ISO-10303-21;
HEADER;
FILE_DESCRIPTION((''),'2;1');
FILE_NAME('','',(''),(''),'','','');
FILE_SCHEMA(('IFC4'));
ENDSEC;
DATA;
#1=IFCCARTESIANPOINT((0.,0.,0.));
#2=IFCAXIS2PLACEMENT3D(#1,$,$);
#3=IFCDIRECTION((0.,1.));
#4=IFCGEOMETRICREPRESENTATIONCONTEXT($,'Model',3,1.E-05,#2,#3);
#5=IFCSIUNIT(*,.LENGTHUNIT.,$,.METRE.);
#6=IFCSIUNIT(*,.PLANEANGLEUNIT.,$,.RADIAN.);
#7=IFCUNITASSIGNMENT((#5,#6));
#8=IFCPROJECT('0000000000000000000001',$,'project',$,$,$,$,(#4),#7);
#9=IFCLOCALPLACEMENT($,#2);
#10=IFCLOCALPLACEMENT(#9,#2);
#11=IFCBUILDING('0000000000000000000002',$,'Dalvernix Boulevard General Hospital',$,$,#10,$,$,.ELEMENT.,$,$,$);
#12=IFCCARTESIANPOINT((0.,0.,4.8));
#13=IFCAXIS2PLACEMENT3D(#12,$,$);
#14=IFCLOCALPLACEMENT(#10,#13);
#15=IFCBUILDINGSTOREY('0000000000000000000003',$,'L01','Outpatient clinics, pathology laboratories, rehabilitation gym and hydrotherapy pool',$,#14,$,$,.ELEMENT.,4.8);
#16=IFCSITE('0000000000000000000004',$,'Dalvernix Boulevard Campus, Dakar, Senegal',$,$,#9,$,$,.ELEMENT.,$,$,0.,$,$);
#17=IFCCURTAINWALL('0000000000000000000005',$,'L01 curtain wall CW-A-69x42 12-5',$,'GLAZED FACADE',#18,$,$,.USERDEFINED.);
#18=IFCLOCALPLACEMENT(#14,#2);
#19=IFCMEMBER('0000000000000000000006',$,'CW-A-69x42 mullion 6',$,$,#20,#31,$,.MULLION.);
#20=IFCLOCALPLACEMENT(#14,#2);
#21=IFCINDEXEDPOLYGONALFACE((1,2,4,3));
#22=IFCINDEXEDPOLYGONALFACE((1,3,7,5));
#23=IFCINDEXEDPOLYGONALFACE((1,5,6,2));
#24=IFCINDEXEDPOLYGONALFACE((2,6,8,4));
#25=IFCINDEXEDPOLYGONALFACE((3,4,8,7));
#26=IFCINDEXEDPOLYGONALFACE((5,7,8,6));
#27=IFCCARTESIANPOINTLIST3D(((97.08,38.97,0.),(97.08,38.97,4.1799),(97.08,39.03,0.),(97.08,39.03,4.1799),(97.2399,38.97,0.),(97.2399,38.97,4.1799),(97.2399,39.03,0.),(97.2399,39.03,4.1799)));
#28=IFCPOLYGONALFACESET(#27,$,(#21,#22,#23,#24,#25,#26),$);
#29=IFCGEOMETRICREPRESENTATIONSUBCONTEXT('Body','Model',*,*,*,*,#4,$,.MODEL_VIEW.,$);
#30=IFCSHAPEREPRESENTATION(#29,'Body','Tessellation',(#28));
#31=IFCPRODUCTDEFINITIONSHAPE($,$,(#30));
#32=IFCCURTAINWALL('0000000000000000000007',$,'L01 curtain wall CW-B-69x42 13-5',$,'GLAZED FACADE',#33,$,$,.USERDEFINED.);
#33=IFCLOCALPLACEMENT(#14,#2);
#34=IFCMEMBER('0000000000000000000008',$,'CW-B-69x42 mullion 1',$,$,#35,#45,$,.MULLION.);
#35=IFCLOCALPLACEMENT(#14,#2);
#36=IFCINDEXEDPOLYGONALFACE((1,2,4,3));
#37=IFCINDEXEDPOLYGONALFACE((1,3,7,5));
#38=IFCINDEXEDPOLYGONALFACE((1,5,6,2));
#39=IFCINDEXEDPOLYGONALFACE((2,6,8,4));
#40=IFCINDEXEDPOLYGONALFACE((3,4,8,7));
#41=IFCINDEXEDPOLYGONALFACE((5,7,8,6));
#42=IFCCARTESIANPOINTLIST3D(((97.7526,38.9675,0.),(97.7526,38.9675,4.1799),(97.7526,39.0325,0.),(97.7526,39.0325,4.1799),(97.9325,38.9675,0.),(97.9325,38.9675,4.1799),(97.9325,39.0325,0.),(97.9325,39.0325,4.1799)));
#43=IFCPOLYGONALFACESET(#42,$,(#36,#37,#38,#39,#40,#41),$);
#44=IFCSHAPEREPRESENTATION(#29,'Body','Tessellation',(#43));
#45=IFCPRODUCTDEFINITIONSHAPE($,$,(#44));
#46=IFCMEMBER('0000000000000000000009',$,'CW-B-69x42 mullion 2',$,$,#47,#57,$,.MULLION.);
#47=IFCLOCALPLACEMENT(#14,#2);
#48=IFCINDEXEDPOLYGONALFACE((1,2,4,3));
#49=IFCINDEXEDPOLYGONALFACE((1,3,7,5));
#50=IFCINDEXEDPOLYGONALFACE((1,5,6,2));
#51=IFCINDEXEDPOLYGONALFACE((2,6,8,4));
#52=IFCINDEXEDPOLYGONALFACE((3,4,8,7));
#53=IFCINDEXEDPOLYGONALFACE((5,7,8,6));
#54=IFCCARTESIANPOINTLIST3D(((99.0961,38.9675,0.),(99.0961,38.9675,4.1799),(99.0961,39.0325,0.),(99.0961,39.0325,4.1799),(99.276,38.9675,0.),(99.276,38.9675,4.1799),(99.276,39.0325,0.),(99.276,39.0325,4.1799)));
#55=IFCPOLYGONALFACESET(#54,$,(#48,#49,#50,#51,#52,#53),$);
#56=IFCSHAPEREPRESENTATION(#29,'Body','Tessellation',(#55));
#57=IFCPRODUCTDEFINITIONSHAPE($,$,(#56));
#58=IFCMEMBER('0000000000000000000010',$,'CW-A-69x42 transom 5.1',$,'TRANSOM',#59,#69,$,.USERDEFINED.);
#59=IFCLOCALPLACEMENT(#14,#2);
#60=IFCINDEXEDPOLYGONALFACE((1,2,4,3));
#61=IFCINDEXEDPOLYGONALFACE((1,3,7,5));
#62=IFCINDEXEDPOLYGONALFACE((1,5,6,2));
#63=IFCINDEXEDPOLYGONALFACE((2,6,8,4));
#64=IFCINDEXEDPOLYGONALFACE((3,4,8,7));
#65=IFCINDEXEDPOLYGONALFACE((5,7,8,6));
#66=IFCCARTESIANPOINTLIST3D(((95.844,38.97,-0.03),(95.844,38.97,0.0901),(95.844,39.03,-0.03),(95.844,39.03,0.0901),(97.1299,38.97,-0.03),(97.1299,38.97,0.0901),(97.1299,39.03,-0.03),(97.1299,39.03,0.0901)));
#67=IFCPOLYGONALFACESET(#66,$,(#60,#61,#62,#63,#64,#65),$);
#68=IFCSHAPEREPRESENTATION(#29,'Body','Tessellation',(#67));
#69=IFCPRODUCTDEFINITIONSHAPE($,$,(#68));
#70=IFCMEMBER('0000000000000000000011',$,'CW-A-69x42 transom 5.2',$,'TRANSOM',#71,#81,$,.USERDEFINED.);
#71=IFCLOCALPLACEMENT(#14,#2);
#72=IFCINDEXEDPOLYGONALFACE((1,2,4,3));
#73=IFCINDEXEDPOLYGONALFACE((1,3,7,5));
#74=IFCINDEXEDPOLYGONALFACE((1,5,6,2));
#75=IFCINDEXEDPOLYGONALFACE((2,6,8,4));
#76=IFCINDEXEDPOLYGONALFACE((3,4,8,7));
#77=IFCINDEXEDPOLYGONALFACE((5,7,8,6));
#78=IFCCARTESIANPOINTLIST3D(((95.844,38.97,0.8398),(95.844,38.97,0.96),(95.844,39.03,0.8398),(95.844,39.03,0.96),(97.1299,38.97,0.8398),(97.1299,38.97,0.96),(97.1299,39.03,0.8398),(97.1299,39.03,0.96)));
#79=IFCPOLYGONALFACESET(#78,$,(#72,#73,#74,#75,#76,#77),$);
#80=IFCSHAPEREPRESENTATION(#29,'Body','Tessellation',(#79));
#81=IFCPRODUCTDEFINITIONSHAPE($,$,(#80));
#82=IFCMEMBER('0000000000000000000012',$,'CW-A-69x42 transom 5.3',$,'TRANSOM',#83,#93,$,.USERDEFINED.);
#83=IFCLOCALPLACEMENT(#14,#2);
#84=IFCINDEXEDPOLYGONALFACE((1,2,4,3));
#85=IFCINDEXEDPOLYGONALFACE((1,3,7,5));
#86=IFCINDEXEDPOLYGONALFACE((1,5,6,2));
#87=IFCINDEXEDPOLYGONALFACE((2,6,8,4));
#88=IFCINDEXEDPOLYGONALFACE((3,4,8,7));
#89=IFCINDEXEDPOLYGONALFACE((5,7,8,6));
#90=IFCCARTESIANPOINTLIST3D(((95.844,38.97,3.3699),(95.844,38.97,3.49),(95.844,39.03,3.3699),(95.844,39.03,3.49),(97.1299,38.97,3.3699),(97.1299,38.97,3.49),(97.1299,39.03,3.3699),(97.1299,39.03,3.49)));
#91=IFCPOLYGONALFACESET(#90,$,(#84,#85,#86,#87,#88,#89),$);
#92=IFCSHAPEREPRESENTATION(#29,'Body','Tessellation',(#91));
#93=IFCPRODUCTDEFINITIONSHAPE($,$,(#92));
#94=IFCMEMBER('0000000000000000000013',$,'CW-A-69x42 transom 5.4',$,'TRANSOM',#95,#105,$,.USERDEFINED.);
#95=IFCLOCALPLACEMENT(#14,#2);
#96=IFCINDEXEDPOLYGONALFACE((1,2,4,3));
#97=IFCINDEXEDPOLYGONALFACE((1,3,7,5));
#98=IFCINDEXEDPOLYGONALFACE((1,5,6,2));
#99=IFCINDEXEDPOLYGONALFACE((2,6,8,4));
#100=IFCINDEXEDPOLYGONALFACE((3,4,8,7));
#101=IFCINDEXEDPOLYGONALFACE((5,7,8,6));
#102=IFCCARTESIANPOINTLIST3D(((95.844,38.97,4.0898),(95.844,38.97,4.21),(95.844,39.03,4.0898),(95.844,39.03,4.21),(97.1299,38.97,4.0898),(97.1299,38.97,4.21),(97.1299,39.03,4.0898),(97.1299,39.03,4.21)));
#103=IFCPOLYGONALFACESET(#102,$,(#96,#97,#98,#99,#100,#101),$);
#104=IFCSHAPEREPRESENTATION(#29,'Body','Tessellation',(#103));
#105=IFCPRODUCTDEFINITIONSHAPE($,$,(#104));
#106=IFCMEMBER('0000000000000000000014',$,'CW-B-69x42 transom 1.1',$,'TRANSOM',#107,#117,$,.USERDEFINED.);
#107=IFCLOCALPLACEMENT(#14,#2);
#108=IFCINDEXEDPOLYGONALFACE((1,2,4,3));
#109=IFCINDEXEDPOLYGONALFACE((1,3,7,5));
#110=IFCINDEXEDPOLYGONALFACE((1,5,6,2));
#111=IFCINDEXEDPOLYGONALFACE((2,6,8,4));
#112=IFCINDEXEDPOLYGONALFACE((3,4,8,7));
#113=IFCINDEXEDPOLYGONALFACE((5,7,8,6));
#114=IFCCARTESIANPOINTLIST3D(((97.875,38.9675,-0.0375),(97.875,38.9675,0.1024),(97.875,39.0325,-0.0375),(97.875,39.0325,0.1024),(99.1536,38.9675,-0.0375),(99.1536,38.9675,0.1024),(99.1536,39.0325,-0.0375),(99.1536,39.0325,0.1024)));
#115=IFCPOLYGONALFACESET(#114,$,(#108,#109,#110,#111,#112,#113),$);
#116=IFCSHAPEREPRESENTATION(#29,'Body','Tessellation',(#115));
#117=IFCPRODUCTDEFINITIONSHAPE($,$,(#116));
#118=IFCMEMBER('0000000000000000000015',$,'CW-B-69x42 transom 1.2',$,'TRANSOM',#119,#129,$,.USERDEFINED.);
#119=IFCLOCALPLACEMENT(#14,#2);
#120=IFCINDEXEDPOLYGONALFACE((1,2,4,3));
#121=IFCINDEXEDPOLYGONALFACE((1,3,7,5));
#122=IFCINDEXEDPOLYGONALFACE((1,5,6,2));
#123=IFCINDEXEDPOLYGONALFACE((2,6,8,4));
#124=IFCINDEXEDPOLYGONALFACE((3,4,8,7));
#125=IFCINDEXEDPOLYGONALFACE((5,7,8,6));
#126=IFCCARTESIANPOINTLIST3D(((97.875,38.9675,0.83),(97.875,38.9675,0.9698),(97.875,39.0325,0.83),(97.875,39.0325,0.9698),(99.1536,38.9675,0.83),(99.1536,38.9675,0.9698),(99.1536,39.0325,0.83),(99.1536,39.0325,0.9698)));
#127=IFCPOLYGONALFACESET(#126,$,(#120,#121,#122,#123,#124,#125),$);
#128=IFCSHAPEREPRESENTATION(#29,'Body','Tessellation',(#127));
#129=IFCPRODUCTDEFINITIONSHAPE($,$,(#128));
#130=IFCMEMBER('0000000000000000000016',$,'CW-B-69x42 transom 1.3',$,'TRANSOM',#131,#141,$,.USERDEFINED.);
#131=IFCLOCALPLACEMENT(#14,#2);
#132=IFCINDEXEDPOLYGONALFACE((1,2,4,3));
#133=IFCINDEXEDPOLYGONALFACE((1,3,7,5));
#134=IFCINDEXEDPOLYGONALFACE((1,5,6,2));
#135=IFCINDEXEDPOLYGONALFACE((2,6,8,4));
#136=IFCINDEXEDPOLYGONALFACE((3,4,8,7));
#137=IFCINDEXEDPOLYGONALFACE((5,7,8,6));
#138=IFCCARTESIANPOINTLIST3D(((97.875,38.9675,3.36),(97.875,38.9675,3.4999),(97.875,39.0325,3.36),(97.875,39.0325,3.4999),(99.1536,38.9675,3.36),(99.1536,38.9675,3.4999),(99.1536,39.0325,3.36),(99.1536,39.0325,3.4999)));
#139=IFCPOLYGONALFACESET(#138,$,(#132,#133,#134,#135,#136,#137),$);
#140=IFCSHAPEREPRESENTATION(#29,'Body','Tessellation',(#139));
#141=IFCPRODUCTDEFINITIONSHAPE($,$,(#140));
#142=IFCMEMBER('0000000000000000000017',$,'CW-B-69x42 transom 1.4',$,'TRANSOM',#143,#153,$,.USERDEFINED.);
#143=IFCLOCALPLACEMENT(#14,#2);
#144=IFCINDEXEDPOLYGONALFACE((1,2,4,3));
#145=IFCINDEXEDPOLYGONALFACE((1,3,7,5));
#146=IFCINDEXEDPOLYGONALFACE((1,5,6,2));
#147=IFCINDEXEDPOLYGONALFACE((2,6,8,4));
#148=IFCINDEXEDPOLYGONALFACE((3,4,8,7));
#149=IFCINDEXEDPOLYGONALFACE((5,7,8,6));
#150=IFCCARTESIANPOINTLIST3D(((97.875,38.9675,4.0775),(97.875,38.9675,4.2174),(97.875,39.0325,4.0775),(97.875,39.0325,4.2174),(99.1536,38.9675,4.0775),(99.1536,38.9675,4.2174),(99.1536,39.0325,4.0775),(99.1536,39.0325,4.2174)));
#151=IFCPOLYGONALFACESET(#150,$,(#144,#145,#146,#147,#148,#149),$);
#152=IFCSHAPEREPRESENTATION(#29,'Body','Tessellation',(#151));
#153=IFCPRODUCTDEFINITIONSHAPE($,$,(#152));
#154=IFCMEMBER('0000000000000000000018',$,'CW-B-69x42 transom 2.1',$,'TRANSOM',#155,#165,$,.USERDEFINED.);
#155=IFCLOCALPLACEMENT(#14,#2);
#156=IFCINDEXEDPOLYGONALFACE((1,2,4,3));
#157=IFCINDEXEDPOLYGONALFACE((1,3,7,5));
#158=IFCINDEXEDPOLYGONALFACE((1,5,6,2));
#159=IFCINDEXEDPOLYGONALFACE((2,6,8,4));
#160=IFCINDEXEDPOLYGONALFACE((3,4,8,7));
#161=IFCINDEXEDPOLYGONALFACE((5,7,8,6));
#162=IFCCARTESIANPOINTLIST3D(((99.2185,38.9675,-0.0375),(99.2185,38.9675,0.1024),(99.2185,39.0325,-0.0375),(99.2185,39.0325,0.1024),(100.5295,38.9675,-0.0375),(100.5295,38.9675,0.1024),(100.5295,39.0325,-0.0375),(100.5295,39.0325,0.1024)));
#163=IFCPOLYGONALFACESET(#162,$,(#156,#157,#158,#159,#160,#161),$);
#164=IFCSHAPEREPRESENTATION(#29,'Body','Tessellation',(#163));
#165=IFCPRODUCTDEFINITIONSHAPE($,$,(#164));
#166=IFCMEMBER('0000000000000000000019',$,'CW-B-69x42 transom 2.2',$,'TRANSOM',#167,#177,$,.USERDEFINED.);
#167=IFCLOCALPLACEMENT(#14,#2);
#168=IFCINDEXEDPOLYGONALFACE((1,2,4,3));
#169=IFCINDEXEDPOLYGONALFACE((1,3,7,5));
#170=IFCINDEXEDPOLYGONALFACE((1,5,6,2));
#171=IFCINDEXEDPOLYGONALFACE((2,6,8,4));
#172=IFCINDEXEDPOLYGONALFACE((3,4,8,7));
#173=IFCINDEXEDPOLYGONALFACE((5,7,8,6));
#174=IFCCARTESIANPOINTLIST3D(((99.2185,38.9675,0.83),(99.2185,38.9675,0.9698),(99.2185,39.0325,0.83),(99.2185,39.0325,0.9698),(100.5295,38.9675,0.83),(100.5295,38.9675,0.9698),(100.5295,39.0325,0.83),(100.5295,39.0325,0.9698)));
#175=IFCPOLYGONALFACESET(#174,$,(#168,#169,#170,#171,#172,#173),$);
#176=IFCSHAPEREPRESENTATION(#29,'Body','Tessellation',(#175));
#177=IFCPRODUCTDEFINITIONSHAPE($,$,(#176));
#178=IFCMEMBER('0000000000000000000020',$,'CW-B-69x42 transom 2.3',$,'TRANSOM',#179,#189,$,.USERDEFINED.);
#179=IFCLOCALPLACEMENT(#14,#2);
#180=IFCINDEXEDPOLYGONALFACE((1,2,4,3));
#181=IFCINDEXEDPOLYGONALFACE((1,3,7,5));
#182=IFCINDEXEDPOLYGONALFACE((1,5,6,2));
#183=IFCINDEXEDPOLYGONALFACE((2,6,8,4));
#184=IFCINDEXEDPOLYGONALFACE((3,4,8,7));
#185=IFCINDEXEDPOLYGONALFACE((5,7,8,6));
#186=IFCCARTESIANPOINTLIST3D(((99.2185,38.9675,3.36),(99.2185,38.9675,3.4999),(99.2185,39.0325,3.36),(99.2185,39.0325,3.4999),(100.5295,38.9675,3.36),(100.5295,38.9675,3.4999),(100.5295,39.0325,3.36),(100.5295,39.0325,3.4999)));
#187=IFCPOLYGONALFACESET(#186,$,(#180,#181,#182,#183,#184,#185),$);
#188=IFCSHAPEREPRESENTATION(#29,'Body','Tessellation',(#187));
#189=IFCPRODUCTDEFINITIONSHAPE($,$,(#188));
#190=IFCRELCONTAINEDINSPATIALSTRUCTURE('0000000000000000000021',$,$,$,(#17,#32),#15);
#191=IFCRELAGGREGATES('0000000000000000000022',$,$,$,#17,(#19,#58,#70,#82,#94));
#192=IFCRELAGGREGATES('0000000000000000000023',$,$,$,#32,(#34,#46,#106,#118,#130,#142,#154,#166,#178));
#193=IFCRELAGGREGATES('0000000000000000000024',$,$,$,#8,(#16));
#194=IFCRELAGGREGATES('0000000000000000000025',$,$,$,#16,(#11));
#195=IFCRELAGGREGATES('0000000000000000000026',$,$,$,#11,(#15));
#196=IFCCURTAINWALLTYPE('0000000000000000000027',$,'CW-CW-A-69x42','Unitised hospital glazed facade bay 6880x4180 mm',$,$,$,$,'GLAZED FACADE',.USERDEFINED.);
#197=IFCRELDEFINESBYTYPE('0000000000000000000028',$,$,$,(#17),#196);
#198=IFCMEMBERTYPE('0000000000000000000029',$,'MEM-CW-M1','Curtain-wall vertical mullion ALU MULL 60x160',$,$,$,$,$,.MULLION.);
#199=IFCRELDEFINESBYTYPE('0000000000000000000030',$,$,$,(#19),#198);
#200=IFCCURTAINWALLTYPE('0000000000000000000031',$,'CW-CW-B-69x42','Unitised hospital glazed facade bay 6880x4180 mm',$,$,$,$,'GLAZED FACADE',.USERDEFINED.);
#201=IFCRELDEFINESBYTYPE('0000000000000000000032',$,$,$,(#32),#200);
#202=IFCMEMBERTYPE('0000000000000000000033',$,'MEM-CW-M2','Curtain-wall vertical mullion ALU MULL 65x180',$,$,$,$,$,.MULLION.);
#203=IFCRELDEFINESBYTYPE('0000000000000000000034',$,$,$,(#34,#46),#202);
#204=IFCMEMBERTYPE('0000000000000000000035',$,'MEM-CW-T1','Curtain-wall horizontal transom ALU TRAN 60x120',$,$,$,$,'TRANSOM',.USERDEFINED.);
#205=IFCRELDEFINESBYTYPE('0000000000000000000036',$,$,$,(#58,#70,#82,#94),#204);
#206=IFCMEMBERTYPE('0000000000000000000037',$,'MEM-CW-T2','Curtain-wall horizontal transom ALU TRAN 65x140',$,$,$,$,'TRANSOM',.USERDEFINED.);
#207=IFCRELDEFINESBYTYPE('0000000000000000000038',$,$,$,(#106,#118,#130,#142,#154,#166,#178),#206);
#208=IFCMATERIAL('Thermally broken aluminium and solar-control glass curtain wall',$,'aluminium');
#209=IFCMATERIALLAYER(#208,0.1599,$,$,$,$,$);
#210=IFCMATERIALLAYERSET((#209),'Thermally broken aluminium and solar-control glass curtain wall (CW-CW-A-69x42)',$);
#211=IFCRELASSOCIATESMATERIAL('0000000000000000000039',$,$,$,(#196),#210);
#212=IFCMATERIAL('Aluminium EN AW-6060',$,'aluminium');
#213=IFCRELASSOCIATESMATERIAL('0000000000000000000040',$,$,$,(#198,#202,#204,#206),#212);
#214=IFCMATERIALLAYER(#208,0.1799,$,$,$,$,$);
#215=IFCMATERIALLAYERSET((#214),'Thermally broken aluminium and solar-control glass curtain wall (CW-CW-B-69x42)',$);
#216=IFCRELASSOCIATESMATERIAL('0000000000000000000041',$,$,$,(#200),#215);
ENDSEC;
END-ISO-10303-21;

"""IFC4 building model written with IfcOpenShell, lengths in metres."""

from ifc_helpers import new_model, si_unit, direction, frame, origin, origin_2d, place, context, subcontext, project, spatial, rectangle, extrude, material, layer, layer_set, material_profile, profile_set, type_object, element, aggregate, save


model = new_model("IFC4")

# Units and contexts
model_context = context("Model", 3, precision=1e-05, world=origin(), true_north=direction((0.0, 1.0)))
body_context = subcontext(model_context, "Body", "Model", "MODEL_VIEW")
ifc_project = project(units=[si_unit("LENGTHUNIT", "METRE"), si_unit("PLANEANGLEUNIT", "RADIAN")], contexts=[model_context])

# Site, building, storey
site_placement = place(None, origin())
site = spatial("IfcSite", under=ifc_project, at=site_placement, Name="Dalvernix Boulevard Campus, Dakar, Senegal", CompositionType="ELEMENT", RefElevation=0.0)
building_placement = place(site_placement, origin())
building = spatial("IfcBuilding", under=site, at=building_placement, Name="Dalvernix Boulevard General Hospital", CompositionType="ELEMENT")
storey_placement = place(building_placement, frame((0.0, 0.0, 4.8)))
storey = spatial("IfcBuildingStorey", under=building, at=storey_placement, Name="L01", Description="Outpatient clinics, pathology laboratories, rehabilitation gym and hydrotherapy pool", CompositionType="ELEMENT", Elevation=4.8)

# Curtain wall, member
ifc_material_1 = material(Name="Thermally broken aluminium and solar-control glass curtain wall", Category="aluminium")
ifc_layer_1 = layer(ifc_material_1, 0.1599)
ifc_layer_set_1 = layer_set([ifc_layer_1], Name="Thermally broken aluminium and solar-control glass curtain wall (CW-CW-A-69x42)")
curtain_wall_type_1 = type_object("IfcCurtainWallType", Name="CW-CW-A-69x42", Description="Unitised hospital glazed facade bay 6880x4180 mm", ElementType="GLAZED FACADE", PredefinedType="USERDEFINED", material=ifc_layer_set_1)
curtain_wall_1_placement = place(storey_placement, origin())
curtain_wall_1 = element("IfcCurtainWall", 1, at=curtain_wall_1_placement, inside=storey, type_object=curtain_wall_type_1, Name="L01 curtain wall CW-A-69x42 12-5", ObjectType="GLAZED FACADE", PredefinedType="USERDEFINED")
ifc_material_2 = material(Name="Aluminium EN AW-6060", Category="aluminium")
ifc_material_profile_1 = material_profile(ifc_material_2, rectangle(XDim=0.0601, YDim=0.1599, at=origin_2d()), Name="ALU MULL 60x160")
ifc_profile_set_1 = profile_set([ifc_material_profile_1], Name="Aluminium EN AW-6060")
member_type_1 = type_object("IfcMemberType", Name="MEM-CW-M1", Description="Curtain-wall vertical mullion ALU MULL 60x160", PredefinedType="MULLION", material=ifc_profile_set_1)
member_1_placement = place(storey_placement, frame((97.1599, 39.0, 0.0), z_axis=(0.0, 0.0, 1.0), x_axis=(0.0, 1.0, 0.0)))
member_1 = element("IfcMember", 2, at=member_1_placement, type_object=member_type_1, Name="CW-A-69x42 mullion 6", PredefinedType="MULLION", context=body_context, shape_type="SweptSolid", body=[
    extrude(rectangle(XDim=0.0601, YDim=0.1599, at=origin_2d()), origin(), (0.0, 0.0, 1.0), 4.1799),
])

# Curtain wall, members
ifc_layer_2 = layer(ifc_material_1, 0.1799)
ifc_layer_set_2 = layer_set([ifc_layer_2], Name="Thermally broken aluminium and solar-control glass curtain wall (CW-CW-B-69x42)")
curtain_wall_type_2 = type_object("IfcCurtainWallType", Name="CW-CW-B-69x42", Description="Unitised hospital glazed facade bay 6880x4180 mm", ElementType="GLAZED FACADE", PredefinedType="USERDEFINED", material=ifc_layer_set_2)
curtain_wall_2_placement = place(storey_placement, origin())
curtain_wall_2 = element("IfcCurtainWall", 3, at=curtain_wall_2_placement, inside=storey, type_object=curtain_wall_type_2, Name="L01 curtain wall CW-B-69x42 13-5", ObjectType="GLAZED FACADE", PredefinedType="USERDEFINED")
ifc_material_profile_2 = material_profile(ifc_material_2, rectangle(XDim=0.0649, YDim=0.1799, at=origin_2d()), Name="ALU MULL 65x180")
ifc_profile_set_2 = profile_set([ifc_material_profile_2], Name="Aluminium EN AW-6060")
member_type_2 = type_object("IfcMemberType", Name="MEM-CW-M2", Description="Curtain-wall vertical mullion ALU MULL 65x180", PredefinedType="MULLION", material=ifc_profile_set_2)
member_2_placement = place(storey_placement, frame((97.8425, 39.0, 0.0), z_axis=(0.0, 0.0, 1.0), x_axis=(0.0, 1.0, 0.0)))
member_2 = element("IfcMember", 4, at=member_2_placement, type_object=member_type_2, Name="CW-B-69x42 mullion 1", PredefinedType="MULLION", context=body_context, shape_type="SweptSolid", body=[
    extrude(rectangle(XDim=0.0649, YDim=0.1799, at=origin_2d()), origin(), (0.0, 0.0, 1.0), 4.1799),
])
member_3_placement = place(storey_placement, frame((99.186, 39.0, 0.0), z_axis=(0.0, 0.0, 1.0), x_axis=(0.0, 1.0, 0.0)))
member_3 = element("IfcMember", 5, at=member_3_placement, type_object=member_type_2, Name="CW-B-69x42 mullion 2", PredefinedType="MULLION", context=body_context, shape_type="SweptSolid", body=[
    extrude(rectangle(XDim=0.0649, YDim=0.1799, at=origin_2d()), origin(), (0.0, 0.0, 1.0), 4.1799),
])

# Members
ifc_material_profile_3 = material_profile(ifc_material_2, rectangle(XDim=0.0601, YDim=0.1201, at=origin_2d()), Name="ALU TRAN 60x120")
ifc_profile_set_3 = profile_set([ifc_material_profile_3], Name="Aluminium EN AW-6060")
member_type_3 = type_object("IfcMemberType", Name="MEM-CW-T1", Description="Curtain-wall horizontal transom ALU TRAN 60x120", ElementType="TRANSOM", PredefinedType="USERDEFINED", material=ifc_profile_set_3)
member_4_placement = place(storey_placement, frame((95.844, 39.0, 0.03), z_axis=(1.0, 0.0, 0.0), x_axis=(0.0, 1.0, 0.0)))
member_4 = element("IfcMember", 6, at=member_4_placement, type_object=member_type_3, Name="CW-A-69x42 transom 5.1", ObjectType="TRANSOM", PredefinedType="USERDEFINED", context=body_context, shape_type="SweptSolid", body=[
    extrude(rectangle(XDim=0.0601, YDim=0.1201, at=origin_2d()), origin(), (0.0, 0.0, 1.0), 1.2859),
])
member_5_placement = place(storey_placement, frame((95.844, 39.0, 0.8999), z_axis=(1.0, 0.0, 0.0), x_axis=(0.0, 1.0, 0.0)))
member_5 = element("IfcMember", 7, at=member_5_placement, type_object=member_type_3, Name="CW-A-69x42 transom 5.2", ObjectType="TRANSOM", PredefinedType="USERDEFINED", context=body_context, shape_type="SweptSolid", body=[
    extrude(rectangle(XDim=0.0601, YDim=0.1201, at=origin_2d()), origin(), (0.0, 0.0, 1.0), 1.2859),
])
member_6_placement = place(storey_placement, frame((95.844, 39.0, 3.4299), z_axis=(1.0, 0.0, 0.0), x_axis=(0.0, 1.0, 0.0)))
member_6 = element("IfcMember", 8, at=member_6_placement, type_object=member_type_3, Name="CW-A-69x42 transom 5.3", ObjectType="TRANSOM", PredefinedType="USERDEFINED", context=body_context, shape_type="SweptSolid", body=[
    extrude(rectangle(XDim=0.0601, YDim=0.1201, at=origin_2d()), origin(), (0.0, 0.0, 1.0), 1.2859),
])
member_7_placement = place(storey_placement, frame((95.844, 39.0, 4.1499), z_axis=(1.0, 0.0, 0.0), x_axis=(0.0, 1.0, 0.0)))
member_7 = element("IfcMember", 9, at=member_7_placement, type_object=member_type_3, Name="CW-A-69x42 transom 5.4", ObjectType="TRANSOM", PredefinedType="USERDEFINED", context=body_context, shape_type="SweptSolid", body=[
    extrude(rectangle(XDim=0.0601, YDim=0.1201, at=origin_2d()), origin(), (0.0, 0.0, 1.0), 1.2859),
])
ifc_material_profile_4 = material_profile(ifc_material_2, rectangle(XDim=0.0649, YDim=0.1399, at=origin_2d()), Name="ALU TRAN 65x140")
ifc_profile_set_4 = profile_set([ifc_material_profile_4], Name="Aluminium EN AW-6060")
member_type_4 = type_object("IfcMemberType", Name="MEM-CW-T2", Description="Curtain-wall horizontal transom ALU TRAN 65x140", ElementType="TRANSOM", PredefinedType="USERDEFINED", material=ifc_profile_set_4)
member_8_placement = place(storey_placement, frame((97.875, 39.0, 0.0325), z_axis=(1.0, 0.0, 0.0), x_axis=(0.0, 1.0, 0.0)))
member_8 = element("IfcMember", 10, at=member_8_placement, type_object=member_type_4, Name="CW-B-69x42 transom 1.1", ObjectType="TRANSOM", PredefinedType="USERDEFINED", context=body_context, shape_type="SweptSolid", body=[
    extrude(rectangle(XDim=0.0649, YDim=0.1399, at=origin_2d()), origin(), (0.0, 0.0, 1.0), 1.2786),
])
member_9_placement = place(storey_placement, frame((97.875, 39.0, 0.8999), z_axis=(1.0, 0.0, 0.0), x_axis=(0.0, 1.0, 0.0)))
member_9 = element("IfcMember", 11, at=member_9_placement, type_object=member_type_4, Name="CW-B-69x42 transom 1.2", ObjectType="TRANSOM", PredefinedType="USERDEFINED", context=body_context, shape_type="SweptSolid", body=[
    extrude(rectangle(XDim=0.0649, YDim=0.1399, at=origin_2d()), origin(), (0.0, 0.0, 1.0), 1.2786),
])
member_10_placement = place(storey_placement, frame((97.875, 39.0, 3.4299), z_axis=(1.0, 0.0, 0.0), x_axis=(0.0, 1.0, 0.0)))
member_10 = element("IfcMember", 12, at=member_10_placement, type_object=member_type_4, Name="CW-B-69x42 transom 1.3", ObjectType="TRANSOM", PredefinedType="USERDEFINED", context=body_context, shape_type="SweptSolid", body=[
    extrude(rectangle(XDim=0.0649, YDim=0.1399, at=origin_2d()), origin(), (0.0, 0.0, 1.0), 1.2786),
])
member_11_placement = place(storey_placement, frame((97.875, 39.0, 4.1475), z_axis=(1.0, 0.0, 0.0), x_axis=(0.0, 1.0, 0.0)))
member_11 = element("IfcMember", 13, at=member_11_placement, type_object=member_type_4, Name="CW-B-69x42 transom 1.4", ObjectType="TRANSOM", PredefinedType="USERDEFINED", context=body_context, shape_type="SweptSolid", body=[
    extrude(rectangle(XDim=0.0649, YDim=0.1399, at=origin_2d()), origin(), (0.0, 0.0, 1.0), 1.2786),
])
member_12_placement = place(storey_placement, frame((99.2185, 39.0, 0.0325), z_axis=(1.0, 0.0, 0.0), x_axis=(0.0, 1.0, 0.0)))
member_12 = element("IfcMember", 14, at=member_12_placement, type_object=member_type_4, Name="CW-B-69x42 transom 2.1", ObjectType="TRANSOM", PredefinedType="USERDEFINED", context=body_context, shape_type="SweptSolid", body=[
    extrude(rectangle(XDim=0.0649, YDim=0.1399, at=origin_2d()), origin(), (0.0, 0.0, 1.0), 1.311),
])
member_13_placement = place(storey_placement, frame((99.2185, 39.0, 0.8999), z_axis=(1.0, 0.0, 0.0), x_axis=(0.0, 1.0, 0.0)))
member_13 = element("IfcMember", 15, at=member_13_placement, type_object=member_type_4, Name="CW-B-69x42 transom 2.2", ObjectType="TRANSOM", PredefinedType="USERDEFINED", context=body_context, shape_type="SweptSolid", body=[
    extrude(rectangle(XDim=0.0649, YDim=0.1399, at=origin_2d()), origin(), (0.0, 0.0, 1.0), 1.311),
])
member_14_placement = place(storey_placement, frame((99.2185, 39.0, 3.4299), z_axis=(1.0, 0.0, 0.0), x_axis=(0.0, 1.0, 0.0)))
member_14 = element("IfcMember", 16, at=member_14_placement, type_object=member_type_4, Name="CW-B-69x42 transom 2.3", ObjectType="TRANSOM", PredefinedType="USERDEFINED", context=body_context, shape_type="SweptSolid", body=[
    extrude(rectangle(XDim=0.0649, YDim=0.1399, at=origin_2d()), origin(), (0.0, 0.0, 1.0), 1.311),
])

aggregate(curtain_wall_1, [member_1, member_4, member_5, member_6, member_7])
aggregate(curtain_wall_2, [member_2, member_3, member_8, member_9, member_10, member_11, member_12, member_13, member_14])

save(model, "model.ifc")
